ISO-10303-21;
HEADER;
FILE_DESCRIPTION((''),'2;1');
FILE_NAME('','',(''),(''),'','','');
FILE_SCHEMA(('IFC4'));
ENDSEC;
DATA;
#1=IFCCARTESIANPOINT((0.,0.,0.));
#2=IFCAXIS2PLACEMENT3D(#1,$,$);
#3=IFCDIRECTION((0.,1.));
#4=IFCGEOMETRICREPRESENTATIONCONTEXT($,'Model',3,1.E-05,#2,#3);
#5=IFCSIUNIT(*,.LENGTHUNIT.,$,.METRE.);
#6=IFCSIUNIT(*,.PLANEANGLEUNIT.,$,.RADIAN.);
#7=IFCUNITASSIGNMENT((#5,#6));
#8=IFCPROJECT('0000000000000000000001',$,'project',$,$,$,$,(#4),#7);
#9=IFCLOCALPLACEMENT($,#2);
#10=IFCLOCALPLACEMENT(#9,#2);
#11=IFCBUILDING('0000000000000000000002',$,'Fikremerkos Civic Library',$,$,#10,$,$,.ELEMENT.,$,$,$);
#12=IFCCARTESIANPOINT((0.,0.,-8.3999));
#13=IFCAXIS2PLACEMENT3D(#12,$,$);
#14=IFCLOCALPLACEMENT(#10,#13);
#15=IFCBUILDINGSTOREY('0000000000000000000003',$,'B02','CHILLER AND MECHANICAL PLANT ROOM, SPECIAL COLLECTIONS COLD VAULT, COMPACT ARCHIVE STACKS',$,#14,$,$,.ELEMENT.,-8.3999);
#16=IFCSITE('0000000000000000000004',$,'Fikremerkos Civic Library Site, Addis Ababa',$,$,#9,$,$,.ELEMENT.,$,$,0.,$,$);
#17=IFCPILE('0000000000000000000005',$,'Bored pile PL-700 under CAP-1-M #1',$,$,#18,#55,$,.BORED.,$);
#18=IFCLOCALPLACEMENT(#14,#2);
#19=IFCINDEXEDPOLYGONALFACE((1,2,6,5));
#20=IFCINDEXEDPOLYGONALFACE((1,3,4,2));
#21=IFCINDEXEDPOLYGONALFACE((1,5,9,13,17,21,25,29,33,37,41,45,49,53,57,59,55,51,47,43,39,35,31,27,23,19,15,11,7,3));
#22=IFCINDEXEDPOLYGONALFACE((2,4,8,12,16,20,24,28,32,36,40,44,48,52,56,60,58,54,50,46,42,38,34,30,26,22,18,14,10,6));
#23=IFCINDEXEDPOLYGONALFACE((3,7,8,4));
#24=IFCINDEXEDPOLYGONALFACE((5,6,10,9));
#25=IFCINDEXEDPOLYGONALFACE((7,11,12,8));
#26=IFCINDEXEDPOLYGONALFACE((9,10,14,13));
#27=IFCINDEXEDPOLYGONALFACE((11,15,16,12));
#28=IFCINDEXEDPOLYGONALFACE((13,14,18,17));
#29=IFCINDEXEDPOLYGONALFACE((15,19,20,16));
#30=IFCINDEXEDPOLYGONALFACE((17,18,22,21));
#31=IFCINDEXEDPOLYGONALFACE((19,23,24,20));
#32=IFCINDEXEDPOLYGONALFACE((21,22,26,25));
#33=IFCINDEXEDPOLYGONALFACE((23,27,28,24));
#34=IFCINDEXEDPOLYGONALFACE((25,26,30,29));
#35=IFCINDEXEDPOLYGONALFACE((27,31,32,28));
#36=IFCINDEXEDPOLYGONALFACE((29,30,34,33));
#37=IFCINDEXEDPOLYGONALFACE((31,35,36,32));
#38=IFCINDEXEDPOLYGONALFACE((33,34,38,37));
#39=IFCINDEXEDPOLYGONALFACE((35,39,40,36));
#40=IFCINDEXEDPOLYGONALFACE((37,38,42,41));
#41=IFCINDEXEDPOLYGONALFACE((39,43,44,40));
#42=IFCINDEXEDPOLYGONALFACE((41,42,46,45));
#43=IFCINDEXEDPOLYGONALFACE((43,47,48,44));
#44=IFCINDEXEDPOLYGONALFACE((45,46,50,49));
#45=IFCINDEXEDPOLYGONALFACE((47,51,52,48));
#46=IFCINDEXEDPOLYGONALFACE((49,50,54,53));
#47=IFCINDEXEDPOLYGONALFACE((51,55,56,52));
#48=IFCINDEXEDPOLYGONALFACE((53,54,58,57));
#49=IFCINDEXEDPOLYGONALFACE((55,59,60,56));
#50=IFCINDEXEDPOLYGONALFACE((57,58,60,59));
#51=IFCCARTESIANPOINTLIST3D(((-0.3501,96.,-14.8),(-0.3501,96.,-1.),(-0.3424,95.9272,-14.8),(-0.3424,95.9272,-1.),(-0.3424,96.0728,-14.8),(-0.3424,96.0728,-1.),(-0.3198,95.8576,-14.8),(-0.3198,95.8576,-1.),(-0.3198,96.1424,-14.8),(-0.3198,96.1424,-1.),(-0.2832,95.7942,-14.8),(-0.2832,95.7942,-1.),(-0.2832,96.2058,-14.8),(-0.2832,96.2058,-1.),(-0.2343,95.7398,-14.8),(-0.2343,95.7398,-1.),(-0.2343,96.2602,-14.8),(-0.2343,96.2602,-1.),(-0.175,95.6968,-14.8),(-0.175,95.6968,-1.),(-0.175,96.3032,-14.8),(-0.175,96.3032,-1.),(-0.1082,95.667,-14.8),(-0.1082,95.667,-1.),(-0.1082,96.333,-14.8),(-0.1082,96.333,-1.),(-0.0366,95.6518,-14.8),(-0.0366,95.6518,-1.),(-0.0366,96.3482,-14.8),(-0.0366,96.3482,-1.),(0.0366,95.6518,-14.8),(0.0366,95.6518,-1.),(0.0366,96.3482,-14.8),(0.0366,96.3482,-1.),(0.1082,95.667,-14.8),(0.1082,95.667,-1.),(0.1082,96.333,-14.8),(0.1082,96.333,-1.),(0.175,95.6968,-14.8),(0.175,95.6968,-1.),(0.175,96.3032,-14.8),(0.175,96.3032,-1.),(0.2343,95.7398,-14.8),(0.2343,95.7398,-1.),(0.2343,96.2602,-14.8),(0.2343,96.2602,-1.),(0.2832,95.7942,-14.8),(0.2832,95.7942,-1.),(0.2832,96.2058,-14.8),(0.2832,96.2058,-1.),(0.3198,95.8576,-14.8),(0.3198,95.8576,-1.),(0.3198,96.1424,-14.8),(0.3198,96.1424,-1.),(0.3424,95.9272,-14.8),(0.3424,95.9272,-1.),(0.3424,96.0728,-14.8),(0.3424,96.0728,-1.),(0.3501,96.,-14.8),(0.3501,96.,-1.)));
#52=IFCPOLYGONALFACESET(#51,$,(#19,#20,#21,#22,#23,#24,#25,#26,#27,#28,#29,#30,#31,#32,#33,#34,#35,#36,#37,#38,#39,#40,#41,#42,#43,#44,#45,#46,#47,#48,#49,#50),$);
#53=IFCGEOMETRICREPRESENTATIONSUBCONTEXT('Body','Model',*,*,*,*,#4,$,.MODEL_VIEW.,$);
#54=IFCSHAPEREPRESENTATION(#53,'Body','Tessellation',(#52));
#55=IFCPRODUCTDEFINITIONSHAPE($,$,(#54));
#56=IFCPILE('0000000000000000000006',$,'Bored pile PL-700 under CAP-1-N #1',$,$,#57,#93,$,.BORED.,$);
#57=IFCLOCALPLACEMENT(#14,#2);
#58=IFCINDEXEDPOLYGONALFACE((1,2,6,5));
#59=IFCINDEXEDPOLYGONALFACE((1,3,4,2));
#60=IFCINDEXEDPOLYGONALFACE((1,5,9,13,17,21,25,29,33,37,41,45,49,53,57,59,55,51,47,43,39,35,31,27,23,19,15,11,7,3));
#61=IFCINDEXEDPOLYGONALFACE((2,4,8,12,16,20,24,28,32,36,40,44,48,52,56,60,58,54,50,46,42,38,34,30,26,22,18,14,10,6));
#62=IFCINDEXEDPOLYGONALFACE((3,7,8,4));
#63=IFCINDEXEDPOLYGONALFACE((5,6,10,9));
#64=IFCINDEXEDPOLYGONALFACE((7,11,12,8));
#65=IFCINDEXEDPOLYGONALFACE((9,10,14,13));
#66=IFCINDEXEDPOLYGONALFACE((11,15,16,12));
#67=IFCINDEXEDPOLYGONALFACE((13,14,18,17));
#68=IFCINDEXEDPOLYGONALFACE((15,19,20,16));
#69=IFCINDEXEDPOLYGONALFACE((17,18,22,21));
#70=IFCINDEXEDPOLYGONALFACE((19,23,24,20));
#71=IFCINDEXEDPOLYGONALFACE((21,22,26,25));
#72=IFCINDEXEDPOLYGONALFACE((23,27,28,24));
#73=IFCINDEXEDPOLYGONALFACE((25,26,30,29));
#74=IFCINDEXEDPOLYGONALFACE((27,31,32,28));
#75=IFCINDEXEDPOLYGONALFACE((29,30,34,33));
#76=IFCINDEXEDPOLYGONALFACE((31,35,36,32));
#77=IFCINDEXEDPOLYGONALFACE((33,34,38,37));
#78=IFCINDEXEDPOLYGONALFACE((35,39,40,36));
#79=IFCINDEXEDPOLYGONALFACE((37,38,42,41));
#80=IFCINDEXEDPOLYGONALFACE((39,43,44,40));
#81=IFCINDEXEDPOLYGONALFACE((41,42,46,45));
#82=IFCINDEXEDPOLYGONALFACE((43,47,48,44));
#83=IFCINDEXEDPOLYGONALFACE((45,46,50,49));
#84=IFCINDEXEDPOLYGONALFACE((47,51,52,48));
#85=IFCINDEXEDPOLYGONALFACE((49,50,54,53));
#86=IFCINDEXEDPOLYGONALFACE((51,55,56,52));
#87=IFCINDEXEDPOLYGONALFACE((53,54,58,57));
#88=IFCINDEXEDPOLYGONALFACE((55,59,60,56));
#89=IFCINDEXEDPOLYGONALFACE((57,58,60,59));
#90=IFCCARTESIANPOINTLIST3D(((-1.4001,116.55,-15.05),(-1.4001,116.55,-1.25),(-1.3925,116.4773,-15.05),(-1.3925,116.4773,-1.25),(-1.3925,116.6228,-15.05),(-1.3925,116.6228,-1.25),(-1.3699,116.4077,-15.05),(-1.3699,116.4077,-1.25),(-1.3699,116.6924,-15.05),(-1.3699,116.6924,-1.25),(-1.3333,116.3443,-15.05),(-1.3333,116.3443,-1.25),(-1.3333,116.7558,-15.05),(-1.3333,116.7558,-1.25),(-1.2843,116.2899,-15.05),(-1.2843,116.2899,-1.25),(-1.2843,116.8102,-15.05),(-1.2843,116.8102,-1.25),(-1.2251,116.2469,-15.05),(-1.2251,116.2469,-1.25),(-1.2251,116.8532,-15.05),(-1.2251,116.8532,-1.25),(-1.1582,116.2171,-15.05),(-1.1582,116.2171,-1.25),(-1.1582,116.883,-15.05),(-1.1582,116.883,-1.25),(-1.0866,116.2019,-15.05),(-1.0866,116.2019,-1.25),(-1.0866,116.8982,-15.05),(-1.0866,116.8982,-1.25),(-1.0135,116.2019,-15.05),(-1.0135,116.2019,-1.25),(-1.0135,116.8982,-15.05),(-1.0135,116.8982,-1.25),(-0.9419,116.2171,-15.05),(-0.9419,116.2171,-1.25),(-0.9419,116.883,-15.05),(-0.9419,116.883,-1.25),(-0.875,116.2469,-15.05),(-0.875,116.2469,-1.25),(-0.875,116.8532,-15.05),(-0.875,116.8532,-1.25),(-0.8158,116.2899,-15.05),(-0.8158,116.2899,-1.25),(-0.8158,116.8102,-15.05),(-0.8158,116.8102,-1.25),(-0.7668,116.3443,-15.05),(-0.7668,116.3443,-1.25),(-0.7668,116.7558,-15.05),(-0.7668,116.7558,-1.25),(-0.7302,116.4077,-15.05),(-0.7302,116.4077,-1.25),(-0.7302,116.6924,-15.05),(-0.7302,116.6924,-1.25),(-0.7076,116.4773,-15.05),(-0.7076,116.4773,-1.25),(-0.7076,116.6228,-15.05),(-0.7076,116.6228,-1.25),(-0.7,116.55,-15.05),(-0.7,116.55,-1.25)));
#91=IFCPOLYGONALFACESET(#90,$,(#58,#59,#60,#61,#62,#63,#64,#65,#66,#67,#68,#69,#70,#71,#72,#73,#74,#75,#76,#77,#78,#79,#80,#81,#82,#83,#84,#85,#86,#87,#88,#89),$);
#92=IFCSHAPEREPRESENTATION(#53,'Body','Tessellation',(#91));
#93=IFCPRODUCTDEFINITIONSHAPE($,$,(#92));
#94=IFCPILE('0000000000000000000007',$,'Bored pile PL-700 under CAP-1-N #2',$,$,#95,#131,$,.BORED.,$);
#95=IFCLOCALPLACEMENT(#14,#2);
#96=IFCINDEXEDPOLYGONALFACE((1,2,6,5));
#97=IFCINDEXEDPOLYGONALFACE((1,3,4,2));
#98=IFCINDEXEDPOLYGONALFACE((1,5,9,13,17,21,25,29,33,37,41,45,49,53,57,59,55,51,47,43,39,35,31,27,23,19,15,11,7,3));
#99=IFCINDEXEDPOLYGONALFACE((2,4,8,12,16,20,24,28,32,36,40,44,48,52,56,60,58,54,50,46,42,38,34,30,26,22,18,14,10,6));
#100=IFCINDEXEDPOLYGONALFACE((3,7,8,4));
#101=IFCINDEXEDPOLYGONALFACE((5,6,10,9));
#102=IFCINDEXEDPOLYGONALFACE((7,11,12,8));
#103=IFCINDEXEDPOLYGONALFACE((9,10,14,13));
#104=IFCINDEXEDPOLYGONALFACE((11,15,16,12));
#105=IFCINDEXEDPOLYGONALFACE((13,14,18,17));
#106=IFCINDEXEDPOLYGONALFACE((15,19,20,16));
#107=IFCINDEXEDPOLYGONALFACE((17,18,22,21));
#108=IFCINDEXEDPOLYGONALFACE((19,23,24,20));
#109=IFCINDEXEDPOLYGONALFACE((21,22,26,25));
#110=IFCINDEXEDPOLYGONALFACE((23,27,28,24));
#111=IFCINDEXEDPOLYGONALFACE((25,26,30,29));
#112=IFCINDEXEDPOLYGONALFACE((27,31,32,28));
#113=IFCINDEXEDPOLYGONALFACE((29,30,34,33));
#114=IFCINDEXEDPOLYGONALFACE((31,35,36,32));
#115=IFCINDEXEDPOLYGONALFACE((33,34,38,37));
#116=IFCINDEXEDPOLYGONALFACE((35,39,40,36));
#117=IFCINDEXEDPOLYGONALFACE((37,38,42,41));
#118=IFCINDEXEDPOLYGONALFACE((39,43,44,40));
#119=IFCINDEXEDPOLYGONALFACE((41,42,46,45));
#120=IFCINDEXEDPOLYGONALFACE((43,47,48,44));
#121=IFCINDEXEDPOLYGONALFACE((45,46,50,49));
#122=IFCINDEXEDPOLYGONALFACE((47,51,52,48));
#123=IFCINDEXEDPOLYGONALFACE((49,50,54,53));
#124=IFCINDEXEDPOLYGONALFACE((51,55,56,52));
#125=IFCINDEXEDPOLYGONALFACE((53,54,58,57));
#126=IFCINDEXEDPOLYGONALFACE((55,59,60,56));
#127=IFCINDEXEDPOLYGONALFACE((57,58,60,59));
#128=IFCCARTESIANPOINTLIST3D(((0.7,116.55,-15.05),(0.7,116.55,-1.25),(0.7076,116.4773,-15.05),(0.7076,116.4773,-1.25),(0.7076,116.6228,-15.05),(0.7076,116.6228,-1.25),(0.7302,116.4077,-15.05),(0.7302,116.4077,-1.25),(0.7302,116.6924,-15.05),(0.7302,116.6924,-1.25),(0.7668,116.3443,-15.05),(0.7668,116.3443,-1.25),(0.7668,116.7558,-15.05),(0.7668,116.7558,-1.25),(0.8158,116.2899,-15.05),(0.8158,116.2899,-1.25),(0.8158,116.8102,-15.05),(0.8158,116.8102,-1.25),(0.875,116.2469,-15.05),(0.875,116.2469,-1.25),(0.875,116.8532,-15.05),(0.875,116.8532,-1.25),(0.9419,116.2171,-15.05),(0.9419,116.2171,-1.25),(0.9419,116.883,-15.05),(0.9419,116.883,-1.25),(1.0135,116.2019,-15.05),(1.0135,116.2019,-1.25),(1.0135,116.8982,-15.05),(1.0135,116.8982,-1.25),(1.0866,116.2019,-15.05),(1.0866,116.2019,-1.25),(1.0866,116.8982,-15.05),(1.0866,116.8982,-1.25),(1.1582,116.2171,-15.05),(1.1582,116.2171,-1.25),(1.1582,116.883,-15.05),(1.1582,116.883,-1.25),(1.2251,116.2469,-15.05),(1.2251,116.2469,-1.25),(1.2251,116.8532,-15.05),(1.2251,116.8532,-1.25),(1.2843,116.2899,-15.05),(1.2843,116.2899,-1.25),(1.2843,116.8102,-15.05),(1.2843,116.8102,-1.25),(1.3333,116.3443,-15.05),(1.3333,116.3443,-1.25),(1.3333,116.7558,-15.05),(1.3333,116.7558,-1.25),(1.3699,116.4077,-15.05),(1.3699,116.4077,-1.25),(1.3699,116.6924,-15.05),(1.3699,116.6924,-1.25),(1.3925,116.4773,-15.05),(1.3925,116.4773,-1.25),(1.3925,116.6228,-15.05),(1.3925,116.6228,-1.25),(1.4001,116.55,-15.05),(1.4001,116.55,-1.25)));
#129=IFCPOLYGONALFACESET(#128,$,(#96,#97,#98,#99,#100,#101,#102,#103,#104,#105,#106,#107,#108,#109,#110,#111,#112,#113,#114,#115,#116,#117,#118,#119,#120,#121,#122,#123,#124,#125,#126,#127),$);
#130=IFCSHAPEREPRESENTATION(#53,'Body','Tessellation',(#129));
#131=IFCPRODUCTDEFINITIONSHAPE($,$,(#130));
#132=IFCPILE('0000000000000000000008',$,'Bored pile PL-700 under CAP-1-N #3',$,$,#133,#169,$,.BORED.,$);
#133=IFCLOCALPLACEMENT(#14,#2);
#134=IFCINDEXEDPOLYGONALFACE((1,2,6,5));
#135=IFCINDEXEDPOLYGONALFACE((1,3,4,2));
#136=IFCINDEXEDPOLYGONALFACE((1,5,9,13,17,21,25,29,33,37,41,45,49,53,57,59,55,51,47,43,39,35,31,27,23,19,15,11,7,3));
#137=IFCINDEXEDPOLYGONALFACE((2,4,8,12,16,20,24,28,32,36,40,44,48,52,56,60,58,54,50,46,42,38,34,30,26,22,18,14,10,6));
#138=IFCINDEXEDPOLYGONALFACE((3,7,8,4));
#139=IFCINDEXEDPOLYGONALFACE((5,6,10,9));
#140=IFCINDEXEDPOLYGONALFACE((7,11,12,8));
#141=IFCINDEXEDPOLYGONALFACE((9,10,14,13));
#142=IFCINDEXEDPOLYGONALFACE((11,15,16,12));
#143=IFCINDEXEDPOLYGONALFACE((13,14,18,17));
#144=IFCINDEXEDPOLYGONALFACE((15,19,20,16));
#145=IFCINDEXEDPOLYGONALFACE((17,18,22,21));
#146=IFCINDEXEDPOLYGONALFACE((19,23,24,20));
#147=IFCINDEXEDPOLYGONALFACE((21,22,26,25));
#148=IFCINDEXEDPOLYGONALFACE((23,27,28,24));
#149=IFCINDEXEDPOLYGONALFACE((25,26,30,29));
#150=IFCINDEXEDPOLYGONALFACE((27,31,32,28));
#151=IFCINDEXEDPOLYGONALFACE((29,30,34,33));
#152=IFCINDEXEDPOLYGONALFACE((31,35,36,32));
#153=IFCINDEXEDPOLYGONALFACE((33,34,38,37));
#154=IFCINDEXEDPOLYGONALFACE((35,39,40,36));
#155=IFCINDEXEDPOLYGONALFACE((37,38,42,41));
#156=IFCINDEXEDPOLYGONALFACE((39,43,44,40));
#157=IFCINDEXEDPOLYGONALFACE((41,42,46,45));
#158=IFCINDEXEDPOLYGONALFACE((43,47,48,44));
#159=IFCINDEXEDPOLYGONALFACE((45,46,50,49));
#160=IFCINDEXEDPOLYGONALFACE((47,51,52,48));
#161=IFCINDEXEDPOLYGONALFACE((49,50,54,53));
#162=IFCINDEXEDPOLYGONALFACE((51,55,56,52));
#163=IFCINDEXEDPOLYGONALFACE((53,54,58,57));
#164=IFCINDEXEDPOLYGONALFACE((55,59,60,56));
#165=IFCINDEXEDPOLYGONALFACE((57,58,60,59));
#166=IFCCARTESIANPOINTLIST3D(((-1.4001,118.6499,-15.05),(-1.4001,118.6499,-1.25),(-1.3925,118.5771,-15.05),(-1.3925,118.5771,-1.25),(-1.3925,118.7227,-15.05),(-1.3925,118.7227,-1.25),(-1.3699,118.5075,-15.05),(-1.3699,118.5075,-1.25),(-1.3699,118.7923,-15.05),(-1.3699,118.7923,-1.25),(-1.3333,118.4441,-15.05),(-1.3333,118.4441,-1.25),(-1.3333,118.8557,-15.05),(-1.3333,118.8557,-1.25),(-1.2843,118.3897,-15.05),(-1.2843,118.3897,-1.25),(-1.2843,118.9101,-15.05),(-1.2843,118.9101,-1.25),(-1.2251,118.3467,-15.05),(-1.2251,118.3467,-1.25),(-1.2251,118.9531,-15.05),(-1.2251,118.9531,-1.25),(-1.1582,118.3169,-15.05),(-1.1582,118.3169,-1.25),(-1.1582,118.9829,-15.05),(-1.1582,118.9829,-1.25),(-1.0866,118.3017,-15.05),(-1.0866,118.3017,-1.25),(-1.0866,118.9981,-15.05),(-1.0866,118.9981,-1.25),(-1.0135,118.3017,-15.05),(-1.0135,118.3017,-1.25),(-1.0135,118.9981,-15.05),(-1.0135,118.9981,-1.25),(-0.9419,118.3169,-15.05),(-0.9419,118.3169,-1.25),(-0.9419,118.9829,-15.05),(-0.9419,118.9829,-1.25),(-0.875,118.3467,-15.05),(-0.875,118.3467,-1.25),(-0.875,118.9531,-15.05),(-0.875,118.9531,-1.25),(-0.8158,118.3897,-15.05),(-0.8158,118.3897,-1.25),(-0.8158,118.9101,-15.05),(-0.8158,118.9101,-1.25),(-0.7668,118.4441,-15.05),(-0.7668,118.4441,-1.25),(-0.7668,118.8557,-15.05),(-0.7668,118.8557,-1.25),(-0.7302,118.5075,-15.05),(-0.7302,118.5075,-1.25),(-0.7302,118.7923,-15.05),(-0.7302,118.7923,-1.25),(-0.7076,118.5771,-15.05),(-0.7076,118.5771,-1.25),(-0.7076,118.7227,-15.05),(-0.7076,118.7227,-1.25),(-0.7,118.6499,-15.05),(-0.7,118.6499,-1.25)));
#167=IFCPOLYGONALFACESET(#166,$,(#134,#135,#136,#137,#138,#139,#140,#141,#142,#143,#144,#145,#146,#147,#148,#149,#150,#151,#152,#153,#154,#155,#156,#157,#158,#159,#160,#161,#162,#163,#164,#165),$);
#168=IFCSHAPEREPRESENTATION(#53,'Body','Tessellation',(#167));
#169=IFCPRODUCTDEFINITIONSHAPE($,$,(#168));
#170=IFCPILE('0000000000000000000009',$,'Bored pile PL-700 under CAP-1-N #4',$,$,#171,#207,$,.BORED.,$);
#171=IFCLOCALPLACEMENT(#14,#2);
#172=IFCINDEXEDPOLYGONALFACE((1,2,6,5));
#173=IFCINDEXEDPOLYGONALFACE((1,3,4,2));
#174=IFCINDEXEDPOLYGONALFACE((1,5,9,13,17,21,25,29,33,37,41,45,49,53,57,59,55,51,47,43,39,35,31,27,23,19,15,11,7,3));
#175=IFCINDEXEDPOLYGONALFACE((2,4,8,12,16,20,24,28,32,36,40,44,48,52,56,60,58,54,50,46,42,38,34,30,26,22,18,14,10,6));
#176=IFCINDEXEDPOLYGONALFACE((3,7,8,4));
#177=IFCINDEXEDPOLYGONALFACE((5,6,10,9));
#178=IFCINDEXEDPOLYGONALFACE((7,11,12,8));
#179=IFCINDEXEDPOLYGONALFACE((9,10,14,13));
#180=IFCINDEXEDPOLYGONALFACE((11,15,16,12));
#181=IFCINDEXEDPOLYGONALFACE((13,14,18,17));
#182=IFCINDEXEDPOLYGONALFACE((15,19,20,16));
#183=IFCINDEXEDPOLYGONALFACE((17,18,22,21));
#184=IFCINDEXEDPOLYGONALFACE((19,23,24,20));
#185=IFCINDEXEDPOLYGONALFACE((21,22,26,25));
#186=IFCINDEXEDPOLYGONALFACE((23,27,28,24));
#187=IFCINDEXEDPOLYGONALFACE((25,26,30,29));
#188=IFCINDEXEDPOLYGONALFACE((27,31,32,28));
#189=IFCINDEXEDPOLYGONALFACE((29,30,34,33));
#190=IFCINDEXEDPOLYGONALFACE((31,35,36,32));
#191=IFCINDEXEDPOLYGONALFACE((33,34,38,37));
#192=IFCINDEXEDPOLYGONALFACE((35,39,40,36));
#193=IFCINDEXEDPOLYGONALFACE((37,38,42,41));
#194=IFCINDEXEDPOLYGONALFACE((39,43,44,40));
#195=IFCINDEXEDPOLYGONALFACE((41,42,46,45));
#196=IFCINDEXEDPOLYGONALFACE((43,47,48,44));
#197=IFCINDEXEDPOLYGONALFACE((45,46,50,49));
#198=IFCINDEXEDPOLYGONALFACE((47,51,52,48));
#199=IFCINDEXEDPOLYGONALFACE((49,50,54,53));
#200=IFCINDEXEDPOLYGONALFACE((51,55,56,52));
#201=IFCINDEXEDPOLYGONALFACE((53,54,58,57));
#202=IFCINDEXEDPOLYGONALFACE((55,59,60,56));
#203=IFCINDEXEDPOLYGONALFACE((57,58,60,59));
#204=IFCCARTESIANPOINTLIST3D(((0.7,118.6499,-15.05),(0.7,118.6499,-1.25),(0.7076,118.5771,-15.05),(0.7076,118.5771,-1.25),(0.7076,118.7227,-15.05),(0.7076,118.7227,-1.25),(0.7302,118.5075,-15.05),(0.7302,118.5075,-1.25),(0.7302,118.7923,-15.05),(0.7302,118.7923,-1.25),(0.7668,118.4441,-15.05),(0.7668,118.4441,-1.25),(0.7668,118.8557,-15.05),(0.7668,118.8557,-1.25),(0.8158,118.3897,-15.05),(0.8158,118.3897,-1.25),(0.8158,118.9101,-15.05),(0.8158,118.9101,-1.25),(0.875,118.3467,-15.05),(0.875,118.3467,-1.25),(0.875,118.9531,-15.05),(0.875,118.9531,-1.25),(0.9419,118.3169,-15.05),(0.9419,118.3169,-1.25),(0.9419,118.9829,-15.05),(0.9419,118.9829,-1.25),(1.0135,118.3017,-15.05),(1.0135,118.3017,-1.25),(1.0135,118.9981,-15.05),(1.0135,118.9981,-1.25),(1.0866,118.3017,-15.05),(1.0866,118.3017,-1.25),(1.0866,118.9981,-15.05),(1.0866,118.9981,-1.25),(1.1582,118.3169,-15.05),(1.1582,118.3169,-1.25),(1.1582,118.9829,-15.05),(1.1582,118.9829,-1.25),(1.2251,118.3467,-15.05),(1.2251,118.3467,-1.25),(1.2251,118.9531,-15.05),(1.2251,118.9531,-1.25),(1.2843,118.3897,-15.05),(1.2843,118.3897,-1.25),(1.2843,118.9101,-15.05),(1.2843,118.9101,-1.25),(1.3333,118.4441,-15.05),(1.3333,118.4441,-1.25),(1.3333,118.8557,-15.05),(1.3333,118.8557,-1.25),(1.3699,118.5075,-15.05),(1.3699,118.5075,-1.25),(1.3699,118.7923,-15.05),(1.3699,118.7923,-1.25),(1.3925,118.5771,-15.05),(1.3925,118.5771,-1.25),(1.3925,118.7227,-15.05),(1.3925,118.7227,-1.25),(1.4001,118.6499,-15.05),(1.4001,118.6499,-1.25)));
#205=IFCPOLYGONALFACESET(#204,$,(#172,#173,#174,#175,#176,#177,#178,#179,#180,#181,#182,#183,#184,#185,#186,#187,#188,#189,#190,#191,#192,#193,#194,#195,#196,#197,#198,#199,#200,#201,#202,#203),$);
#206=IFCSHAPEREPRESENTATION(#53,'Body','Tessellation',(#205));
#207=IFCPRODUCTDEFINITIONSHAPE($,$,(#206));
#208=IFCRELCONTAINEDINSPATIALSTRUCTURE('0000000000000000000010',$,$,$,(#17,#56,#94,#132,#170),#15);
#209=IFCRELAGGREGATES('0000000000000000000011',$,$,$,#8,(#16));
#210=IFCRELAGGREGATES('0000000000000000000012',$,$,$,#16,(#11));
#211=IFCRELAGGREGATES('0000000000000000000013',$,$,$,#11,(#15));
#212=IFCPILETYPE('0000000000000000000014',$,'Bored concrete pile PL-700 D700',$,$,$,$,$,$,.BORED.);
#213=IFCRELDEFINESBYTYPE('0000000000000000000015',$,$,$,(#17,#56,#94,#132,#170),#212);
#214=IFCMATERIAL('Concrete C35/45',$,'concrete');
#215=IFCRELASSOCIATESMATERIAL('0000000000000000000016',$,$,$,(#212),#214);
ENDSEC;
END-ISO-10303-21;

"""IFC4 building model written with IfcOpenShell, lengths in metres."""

from ifc_helpers import new_model, si_unit, direction, frame, origin, origin_2d, place, context, subcontext, project, spatial, circle, extrude, material, material_profile, profile_set, type_object, element, save


model = new_model("IFC4")

# Units and contexts
model_context = context("Model", 3, precision=1e-05, world=origin(), true_north=direction((0.0, 1.0)))
body_context = subcontext(model_context, "Body", "Model", "MODEL_VIEW")
ifc_project = project(units=[si_unit("LENGTHUNIT", "METRE"), si_unit("PLANEANGLEUNIT", "RADIAN")], contexts=[model_context])

# Site, building, storey
site_placement = place(None, origin())
site = spatial("IfcSite", under=ifc_project, at=site_placement, Name="Fikremerkos Civic Library Site, Addis Ababa", CompositionType="ELEMENT", RefElevation=0.0)
building_placement = place(site_placement, origin())
building = spatial("IfcBuilding", under=site, at=building_placement, Name="Fikremerkos Civic Library", CompositionType="ELEMENT")
storey_placement = place(building_placement, frame((0.0, 0.0, -8.3999)))
storey = spatial("IfcBuildingStorey", under=building, at=storey_placement, Name="B02", Description="CHILLER AND MECHANICAL PLANT ROOM, SPECIAL COLLECTIONS COLD VAULT, COMPACT ARCHIVE STACKS", CompositionType="ELEMENT", Elevation=-8.3999)

# Piles
ifc_material_1 = material(Name="Concrete C35/45", Category="concrete")
ifc_material_profile_1 = material_profile(ifc_material_1, circle(Radius=0.3501, at=origin_2d()), Name="BORED PILE 700")
ifc_profile_set_1 = profile_set([ifc_material_profile_1], Name="Concrete C35/45")
pile_type_1 = type_object("IfcPileType", Name="Bored concrete pile PL-700 D700", PredefinedType="BORED", material=ifc_profile_set_1)
for number, where, z_axis, x_axis, name in (
    (1, (0.0, 96.0, -1.0), (0.0, 0.0, -1.0), (1.0, 0.0, 0.0), "Bored pile PL-700 under CAP-1-M #1"),
    (2, (-1.05, 116.55, -1.25), (0.0, 0.0, -1.0), (1.0, 0.0, 0.0), "Bored pile PL-700 under CAP-1-N #1"),
    (3, (1.05, 116.55, -1.25), (0.0, 0.0, -1.0), (1.0, 0.0, 0.0), "Bored pile PL-700 under CAP-1-N #2"),
    (4, (-1.05, 118.6499, -1.25), (0.0, 0.0, -1.0), (1.0, 0.0, 0.0), "Bored pile PL-700 under CAP-1-N #3"),
    (5, (1.05, 118.6499, -1.25), (0.0, 0.0, -1.0), (1.0, 0.0, 0.0), "Bored pile PL-700 under CAP-1-N #4"),
):
    element("IfcPile", number, at=place(storey_placement, frame(where, z_axis=z_axis, x_axis=x_axis)), inside=storey, type_object=pile_type_1, Name=name, PredefinedType="BORED", context=body_context, shape_type="SweptSolid", body=[
        extrude(circle(Radius=0.3501, at=origin_2d()), origin(), (0.0, 0.0, 1.0), 13.8),
    ])

save(model, "model.ifc")
